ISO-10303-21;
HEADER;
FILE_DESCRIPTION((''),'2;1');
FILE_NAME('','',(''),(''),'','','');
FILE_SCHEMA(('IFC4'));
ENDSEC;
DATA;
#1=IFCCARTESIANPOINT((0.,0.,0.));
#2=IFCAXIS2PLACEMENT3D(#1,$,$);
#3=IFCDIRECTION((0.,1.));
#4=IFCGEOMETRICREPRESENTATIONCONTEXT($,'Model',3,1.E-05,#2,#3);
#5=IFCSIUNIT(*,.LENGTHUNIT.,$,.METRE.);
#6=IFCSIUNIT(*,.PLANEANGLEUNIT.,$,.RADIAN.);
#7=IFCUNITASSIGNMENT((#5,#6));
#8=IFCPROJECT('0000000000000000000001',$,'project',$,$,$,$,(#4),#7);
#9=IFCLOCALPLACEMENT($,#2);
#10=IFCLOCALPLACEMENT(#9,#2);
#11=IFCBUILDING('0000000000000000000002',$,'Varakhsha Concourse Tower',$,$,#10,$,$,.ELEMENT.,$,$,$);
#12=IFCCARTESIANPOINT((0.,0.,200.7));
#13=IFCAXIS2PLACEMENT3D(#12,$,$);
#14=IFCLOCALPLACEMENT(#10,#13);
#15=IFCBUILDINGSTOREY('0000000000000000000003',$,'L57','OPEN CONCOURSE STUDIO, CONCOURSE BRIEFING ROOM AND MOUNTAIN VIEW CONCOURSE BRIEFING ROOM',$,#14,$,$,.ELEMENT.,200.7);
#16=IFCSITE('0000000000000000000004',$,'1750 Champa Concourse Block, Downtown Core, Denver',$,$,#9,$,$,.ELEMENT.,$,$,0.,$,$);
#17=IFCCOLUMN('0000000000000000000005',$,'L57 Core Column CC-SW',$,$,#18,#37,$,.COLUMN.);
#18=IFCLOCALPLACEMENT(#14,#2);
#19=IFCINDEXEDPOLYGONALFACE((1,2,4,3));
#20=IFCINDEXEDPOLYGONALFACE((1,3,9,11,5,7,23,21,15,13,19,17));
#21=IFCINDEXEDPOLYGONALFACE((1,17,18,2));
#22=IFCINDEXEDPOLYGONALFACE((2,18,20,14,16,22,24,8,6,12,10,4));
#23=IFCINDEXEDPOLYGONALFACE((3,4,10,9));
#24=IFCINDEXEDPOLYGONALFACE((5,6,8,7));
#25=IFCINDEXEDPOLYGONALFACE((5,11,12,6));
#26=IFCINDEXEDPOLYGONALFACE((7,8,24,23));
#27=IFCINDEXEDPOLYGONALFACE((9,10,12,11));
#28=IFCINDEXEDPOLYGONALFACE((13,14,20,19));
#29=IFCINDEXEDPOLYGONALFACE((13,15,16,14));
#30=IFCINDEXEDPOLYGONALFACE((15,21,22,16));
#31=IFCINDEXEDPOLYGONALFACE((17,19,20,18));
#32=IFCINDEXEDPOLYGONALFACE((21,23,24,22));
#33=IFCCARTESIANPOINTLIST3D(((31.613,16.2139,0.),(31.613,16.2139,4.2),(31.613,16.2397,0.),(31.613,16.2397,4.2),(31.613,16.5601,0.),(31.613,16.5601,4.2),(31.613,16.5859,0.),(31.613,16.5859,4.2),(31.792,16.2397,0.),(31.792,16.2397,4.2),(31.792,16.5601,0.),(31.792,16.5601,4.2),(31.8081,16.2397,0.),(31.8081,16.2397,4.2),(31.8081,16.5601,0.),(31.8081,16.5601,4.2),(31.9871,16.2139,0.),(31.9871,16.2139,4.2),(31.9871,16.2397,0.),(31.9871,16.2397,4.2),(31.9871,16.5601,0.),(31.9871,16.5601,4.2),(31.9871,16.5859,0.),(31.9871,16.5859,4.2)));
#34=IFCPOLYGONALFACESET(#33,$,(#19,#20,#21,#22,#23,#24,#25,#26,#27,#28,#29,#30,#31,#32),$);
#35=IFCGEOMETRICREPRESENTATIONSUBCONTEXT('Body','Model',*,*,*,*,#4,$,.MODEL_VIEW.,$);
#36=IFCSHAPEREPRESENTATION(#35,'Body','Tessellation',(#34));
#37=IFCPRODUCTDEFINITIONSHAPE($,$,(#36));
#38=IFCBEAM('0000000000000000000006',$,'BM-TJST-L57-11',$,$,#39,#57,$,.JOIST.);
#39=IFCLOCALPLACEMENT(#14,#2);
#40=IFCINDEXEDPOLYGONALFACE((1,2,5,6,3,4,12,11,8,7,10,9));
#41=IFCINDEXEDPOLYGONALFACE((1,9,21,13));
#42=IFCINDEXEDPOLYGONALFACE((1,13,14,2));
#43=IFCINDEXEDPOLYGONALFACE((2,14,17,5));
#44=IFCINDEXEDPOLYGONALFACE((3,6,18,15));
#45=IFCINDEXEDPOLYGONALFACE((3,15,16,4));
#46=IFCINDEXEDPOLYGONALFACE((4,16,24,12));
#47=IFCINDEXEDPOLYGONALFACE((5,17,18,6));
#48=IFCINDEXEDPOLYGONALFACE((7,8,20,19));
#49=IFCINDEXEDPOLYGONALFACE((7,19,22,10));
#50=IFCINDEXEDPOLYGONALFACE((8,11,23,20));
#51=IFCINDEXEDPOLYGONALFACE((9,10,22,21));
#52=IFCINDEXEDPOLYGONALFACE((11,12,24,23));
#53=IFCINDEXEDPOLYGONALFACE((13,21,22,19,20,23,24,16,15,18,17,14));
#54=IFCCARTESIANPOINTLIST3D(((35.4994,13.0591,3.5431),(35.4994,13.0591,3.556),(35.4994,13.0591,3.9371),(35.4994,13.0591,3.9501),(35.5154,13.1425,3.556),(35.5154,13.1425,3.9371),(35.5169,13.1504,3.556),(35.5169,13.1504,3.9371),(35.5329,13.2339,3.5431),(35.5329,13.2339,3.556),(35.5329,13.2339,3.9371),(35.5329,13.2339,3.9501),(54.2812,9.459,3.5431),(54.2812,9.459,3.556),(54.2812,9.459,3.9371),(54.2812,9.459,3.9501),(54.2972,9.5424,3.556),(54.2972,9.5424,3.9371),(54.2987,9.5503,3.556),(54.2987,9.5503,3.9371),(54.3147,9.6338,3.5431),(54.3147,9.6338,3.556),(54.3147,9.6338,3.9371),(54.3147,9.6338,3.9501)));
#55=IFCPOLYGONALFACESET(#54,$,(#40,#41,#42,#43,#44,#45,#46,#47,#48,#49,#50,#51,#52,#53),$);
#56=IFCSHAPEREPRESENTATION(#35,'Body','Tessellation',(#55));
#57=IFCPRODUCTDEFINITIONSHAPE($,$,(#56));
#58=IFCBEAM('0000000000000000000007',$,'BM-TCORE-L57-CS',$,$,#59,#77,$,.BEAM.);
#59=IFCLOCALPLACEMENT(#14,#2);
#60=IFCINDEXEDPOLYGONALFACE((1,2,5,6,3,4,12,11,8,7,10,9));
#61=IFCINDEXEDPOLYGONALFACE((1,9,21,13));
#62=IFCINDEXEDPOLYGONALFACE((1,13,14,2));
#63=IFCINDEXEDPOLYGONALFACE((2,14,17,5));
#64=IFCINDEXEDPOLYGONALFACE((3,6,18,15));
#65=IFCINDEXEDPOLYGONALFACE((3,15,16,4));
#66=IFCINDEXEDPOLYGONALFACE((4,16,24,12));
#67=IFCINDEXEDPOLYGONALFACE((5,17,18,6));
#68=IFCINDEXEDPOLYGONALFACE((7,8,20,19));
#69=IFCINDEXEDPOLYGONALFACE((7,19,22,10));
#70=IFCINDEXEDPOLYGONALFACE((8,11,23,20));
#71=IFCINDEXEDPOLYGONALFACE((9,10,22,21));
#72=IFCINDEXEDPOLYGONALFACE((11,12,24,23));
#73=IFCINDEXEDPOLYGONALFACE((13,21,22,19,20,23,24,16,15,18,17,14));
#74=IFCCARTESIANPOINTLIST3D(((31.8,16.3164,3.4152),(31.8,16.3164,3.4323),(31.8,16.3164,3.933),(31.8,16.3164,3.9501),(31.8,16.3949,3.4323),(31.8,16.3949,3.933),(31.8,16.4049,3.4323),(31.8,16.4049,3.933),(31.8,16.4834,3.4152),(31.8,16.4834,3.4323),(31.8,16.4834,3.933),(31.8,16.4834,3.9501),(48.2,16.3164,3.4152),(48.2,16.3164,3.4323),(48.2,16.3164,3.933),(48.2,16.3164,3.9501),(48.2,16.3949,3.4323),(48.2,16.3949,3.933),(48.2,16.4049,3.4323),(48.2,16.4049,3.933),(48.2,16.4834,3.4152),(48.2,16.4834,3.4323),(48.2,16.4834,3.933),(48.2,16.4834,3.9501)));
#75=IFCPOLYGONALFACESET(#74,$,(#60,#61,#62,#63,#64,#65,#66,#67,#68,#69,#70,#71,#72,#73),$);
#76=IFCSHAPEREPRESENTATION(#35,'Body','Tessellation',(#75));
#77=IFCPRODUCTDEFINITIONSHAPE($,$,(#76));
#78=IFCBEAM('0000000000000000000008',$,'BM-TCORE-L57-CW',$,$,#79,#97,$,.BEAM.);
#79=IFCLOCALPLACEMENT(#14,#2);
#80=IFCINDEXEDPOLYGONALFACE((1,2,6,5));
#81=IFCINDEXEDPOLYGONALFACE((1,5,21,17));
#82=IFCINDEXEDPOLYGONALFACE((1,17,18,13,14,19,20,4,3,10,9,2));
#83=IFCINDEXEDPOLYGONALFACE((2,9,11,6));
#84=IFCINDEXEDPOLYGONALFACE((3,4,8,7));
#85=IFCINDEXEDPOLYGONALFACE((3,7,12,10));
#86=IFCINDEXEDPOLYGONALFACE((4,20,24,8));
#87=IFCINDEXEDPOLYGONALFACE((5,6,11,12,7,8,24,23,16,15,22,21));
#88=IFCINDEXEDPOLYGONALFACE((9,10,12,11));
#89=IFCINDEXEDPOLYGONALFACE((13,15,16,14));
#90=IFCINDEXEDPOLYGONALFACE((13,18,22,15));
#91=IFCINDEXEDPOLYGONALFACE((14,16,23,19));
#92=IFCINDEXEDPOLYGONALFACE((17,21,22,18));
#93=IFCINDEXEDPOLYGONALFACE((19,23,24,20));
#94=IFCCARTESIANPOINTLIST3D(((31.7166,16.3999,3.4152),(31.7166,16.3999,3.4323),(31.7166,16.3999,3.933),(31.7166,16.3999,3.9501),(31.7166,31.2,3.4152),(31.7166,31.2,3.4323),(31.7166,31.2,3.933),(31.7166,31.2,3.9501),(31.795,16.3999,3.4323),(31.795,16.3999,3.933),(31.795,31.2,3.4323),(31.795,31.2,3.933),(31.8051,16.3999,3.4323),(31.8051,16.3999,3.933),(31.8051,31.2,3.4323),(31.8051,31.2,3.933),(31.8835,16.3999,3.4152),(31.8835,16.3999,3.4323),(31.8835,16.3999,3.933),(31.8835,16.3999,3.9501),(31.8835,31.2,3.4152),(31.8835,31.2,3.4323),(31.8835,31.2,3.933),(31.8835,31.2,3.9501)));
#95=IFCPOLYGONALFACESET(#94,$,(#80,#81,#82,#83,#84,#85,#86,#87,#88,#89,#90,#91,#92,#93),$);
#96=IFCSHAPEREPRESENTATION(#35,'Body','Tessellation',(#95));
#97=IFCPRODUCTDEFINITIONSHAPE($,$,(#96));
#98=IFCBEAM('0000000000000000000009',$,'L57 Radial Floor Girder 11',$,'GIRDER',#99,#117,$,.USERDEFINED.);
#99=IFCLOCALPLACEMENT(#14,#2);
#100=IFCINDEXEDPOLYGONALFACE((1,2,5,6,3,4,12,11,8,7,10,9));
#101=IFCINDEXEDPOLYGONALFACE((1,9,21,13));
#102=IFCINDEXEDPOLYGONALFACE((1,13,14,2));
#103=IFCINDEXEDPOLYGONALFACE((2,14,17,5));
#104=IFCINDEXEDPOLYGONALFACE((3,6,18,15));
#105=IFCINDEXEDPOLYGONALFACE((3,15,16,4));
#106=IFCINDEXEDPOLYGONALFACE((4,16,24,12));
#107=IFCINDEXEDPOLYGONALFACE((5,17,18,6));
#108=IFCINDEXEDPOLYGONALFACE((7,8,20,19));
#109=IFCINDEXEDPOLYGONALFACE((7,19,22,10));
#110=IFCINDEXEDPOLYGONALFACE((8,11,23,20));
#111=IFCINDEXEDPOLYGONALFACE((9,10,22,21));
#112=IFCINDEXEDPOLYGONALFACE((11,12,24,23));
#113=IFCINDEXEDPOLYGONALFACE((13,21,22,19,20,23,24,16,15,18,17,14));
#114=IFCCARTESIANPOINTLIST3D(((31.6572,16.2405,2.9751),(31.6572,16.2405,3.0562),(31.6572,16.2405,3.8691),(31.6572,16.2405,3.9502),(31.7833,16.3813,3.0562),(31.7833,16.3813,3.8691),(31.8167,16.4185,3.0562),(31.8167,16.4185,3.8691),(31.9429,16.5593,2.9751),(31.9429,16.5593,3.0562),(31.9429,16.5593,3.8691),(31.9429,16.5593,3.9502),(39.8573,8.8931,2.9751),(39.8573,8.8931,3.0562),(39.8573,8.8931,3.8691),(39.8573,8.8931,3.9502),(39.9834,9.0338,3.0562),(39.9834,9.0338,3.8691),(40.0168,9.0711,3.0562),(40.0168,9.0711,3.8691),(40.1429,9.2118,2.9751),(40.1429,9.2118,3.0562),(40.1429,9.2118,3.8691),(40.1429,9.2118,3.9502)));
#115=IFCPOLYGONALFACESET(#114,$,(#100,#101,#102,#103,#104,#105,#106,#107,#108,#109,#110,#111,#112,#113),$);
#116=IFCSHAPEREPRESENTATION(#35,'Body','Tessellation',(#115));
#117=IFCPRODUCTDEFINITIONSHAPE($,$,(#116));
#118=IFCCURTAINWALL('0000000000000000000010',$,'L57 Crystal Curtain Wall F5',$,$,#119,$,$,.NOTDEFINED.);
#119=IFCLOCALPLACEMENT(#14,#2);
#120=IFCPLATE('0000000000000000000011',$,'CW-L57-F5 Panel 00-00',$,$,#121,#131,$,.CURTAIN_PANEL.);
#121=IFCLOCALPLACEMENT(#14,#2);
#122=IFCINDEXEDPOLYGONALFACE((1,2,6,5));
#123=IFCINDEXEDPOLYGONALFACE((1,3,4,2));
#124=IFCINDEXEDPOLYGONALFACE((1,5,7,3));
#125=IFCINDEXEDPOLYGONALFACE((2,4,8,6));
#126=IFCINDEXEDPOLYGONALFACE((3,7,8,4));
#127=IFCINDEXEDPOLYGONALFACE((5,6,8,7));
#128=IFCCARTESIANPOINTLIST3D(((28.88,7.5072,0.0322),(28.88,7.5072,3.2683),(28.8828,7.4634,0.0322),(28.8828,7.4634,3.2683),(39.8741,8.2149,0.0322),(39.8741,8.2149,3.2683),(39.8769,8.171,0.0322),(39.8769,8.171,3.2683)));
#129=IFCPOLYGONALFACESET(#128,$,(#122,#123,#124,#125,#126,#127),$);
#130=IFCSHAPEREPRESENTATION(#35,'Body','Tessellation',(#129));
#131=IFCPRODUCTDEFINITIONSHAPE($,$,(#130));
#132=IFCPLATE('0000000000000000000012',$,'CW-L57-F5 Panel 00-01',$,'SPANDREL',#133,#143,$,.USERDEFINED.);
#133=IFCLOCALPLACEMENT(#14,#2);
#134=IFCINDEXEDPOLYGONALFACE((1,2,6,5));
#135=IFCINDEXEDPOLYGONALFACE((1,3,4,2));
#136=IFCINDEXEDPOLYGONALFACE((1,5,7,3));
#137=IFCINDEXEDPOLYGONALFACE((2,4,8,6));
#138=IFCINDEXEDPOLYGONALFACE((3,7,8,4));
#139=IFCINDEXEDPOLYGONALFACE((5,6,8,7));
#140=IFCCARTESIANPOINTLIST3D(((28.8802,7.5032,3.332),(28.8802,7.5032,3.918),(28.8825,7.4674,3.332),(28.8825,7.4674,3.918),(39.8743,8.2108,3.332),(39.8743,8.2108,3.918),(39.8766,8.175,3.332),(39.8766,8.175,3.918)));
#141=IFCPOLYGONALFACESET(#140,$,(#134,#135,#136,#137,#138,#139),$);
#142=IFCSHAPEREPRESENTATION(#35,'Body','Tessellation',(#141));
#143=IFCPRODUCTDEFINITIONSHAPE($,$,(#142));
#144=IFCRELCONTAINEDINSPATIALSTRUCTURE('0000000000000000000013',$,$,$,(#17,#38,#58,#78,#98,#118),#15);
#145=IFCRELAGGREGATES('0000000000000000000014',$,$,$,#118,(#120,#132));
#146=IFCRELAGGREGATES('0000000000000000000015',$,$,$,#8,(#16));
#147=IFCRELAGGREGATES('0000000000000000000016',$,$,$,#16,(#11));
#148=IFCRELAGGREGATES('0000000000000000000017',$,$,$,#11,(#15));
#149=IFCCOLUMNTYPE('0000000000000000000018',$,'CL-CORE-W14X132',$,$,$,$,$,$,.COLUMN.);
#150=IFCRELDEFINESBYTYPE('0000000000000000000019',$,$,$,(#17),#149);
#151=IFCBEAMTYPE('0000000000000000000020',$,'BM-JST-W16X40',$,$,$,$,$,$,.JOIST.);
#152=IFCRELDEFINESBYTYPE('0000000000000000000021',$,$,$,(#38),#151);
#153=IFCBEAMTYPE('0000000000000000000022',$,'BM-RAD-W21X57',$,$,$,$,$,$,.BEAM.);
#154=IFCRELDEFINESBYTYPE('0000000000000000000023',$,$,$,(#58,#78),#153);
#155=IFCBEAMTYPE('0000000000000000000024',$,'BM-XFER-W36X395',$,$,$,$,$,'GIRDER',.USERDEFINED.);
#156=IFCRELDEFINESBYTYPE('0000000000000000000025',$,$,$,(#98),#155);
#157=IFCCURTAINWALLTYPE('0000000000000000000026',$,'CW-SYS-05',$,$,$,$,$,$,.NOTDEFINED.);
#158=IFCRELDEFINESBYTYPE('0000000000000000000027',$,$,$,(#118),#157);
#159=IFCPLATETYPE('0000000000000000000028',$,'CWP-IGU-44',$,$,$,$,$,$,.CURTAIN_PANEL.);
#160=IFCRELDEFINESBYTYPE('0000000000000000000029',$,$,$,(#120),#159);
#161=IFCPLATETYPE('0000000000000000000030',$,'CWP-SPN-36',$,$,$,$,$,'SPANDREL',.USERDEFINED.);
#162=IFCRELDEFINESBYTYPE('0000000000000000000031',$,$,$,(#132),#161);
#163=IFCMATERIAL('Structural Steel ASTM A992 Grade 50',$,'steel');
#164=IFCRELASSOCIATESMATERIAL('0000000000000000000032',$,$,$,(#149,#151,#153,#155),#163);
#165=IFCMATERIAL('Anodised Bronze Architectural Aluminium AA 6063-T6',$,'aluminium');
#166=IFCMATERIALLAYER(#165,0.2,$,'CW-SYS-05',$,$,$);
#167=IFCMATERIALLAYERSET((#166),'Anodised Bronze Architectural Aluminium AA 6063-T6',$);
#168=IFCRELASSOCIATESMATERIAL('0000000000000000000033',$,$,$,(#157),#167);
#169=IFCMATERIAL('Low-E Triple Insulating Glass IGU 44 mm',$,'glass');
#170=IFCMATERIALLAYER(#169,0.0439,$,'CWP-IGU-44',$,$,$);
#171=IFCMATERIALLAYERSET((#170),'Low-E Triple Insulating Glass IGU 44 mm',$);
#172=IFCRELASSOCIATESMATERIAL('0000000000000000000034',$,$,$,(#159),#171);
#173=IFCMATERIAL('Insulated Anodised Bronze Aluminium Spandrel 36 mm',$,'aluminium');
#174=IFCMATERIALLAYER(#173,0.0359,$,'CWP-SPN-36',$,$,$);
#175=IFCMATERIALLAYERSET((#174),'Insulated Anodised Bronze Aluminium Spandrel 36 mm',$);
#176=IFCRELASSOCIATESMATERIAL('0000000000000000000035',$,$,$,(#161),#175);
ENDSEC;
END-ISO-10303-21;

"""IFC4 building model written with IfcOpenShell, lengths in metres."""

from ifc_helpers import new_model, si_unit, direction, frame, origin, origin_2d, place, context, subcontext, project, spatial, rectangle, i_section, extrude, source, transform, mapped, material, layer, layer_set, material_profile, profile_set, type_object, type_shapes, element, aggregate, save


model = new_model("IFC4")

# Units and contexts
model_context = context("Model", 3, precision=1e-05, world=origin(), true_north=direction((0.0, 1.0)))
body_context = subcontext(model_context, "Body", "Model", "MODEL_VIEW")
ifc_project = project(units=[si_unit("LENGTHUNIT", "METRE"), si_unit("PLANEANGLEUNIT", "RADIAN")], contexts=[model_context])

# Site, building, storey
site_placement = place(None, origin())
site = spatial("IfcSite", under=ifc_project, at=site_placement, Name="1750 Champa Concourse Block, Downtown Core, Denver", CompositionType="ELEMENT", RefElevation=0.0)
building_placement = place(site_placement, origin())
building = spatial("IfcBuilding", under=site, at=building_placement, Name="Varakhsha Concourse Tower", CompositionType="ELEMENT")
storey_placement = place(building_placement, frame((0.0, 0.0, 200.7)))
storey = spatial("IfcBuildingStorey", under=building, at=storey_placement, Name="L57", Description="OPEN CONCOURSE STUDIO, CONCOURSE BRIEFING ROOM AND MOUNTAIN VIEW CONCOURSE BRIEFING ROOM", CompositionType="ELEMENT", Elevation=200.7)

# Column
ifc_material_1 = material(Name="Structural Steel ASTM A992 Grade 50", Category="steel")
ifc_material_profile_1 = material_profile(ifc_material_1, i_section(OverallWidth=0.374, OverallDepth=0.3721, WebThickness=0.0161, FlangeThickness=0.0259, at=origin_2d()), Name="W14X132")
ifc_profile_set_1 = profile_set([ifc_material_profile_1], Name="Structural Steel ASTM A992 Grade 50")
column_type = type_object("IfcColumnType", Name="CL-CORE-W14X132", PredefinedType="COLUMN", material=ifc_profile_set_1)
column_placement = place(storey_placement, frame((31.8, 16.3999, 0.0), z_axis=(0.0, 0.0, 1.0), x_axis=(1.0, 0.0, 0.0)))
element("IfcColumn", 1, at=column_placement, inside=storey, type_object=column_type, Name="L57 Core Column CC-SW", PredefinedType="COLUMN", context=body_context, shape_type="SweptSolid", body=[
    extrude(i_section(OverallWidth=0.374, OverallDepth=0.3721, WebThickness=0.0161, FlangeThickness=0.0259, at=origin_2d()), origin(), (0.0, 0.0, 1.0), 4.2),
])

# Beams
ifc_material_profile_2 = material_profile(ifc_material_1, i_section(OverallWidth=0.178, OverallDepth=0.407, WebThickness=0.0081, FlangeThickness=0.0129, at=origin_2d()), Name="W16X40")
ifc_profile_set_2 = profile_set([ifc_material_profile_2], Name="Structural Steel ASTM A992 Grade 50")
beam_type_1 = type_object("IfcBeamType", Name="BM-JST-W16X40", PredefinedType="JOIST", material=ifc_profile_set_2)
beam_1_placement = place(storey_placement, frame((35.5161, 13.1465, 3.7466), z_axis=(0.98212, -0.188254, 0.0), x_axis=(0.188254, 0.98212, 0.0)))
element("IfcBeam", 2, at=beam_1_placement, inside=storey, type_object=beam_type_1, Name="BM-TJST-L57-11", PredefinedType="JOIST", context=body_context, shape_type="SweptSolid", body=[
    extrude(i_section(OverallWidth=0.178, OverallDepth=0.407, WebThickness=0.0081, FlangeThickness=0.0129, at=origin_2d()), origin(), (0.0, 0.0, 1.0), 19.1238),
])
ifc_material_profile_3 = material_profile(ifc_material_1, i_section(OverallWidth=0.167, OverallDepth=0.5349, WebThickness=0.01, FlangeThickness=0.0171, at=origin_2d()), Name="W21X57")
ifc_profile_set_3 = profile_set([ifc_material_profile_3], Name="Structural Steel ASTM A992 Grade 50")
beam_type_2 = type_object("IfcBeamType", Name="BM-RAD-W21X57", PredefinedType="BEAM", material=ifc_profile_set_3)
beam_2_placement = place(storey_placement, frame((31.8, 16.3999, 3.6826), z_axis=(1.0, 0.0, 0.0), x_axis=(0.0, 1.0, 0.0)))
element("IfcBeam", 3, at=beam_2_placement, inside=storey, type_object=beam_type_2, Name="BM-TCORE-L57-CS", PredefinedType="BEAM", context=body_context, shape_type="SweptSolid", body=[
    extrude(i_section(OverallWidth=0.167, OverallDepth=0.5349, WebThickness=0.01, FlangeThickness=0.0171, at=origin_2d()), origin(), (0.0, 0.0, 1.0), 16.3999),
])
beam_3_placement = place(storey_placement, frame((31.8, 16.3999, 3.6826), z_axis=(0.0, 1.0, 0.0), x_axis=(-1.0, 0.0, 0.0)))
element("IfcBeam", 4, at=beam_3_placement, inside=storey, type_object=beam_type_2, Name="BM-TCORE-L57-CW", PredefinedType="BEAM", context=body_context, shape_type="SweptSolid", body=[
    extrude(i_section(OverallWidth=0.167, OverallDepth=0.5349, WebThickness=0.01, FlangeThickness=0.0171, at=origin_2d()), origin(), (0.0, 0.0, 1.0), 14.8),
])
ifc_material_profile_4 = material_profile(ifc_material_1, i_section(OverallWidth=0.428, OverallDepth=0.9751, WebThickness=0.05, FlangeThickness=0.0811, at=origin_2d()), Name="W36X395")
ifc_profile_set_4 = profile_set([ifc_material_profile_4], Name="Structural Steel ASTM A992 Grade 50")
beam_type_3 = type_object("IfcBeamType", Name="BM-XFER-W36X395", ElementType="GIRDER", PredefinedType="USERDEFINED", material=ifc_profile_set_4)
beam_4_placement = place(storey_placement, frame((31.8, 16.3999, 3.4626), z_axis=(0.744762, -0.66733, 0.0), x_axis=(0.66733, 0.744762, 0.0)))
element("IfcBeam", 5, at=beam_4_placement, inside=storey, type_object=beam_type_3, Name="L57 Radial Floor Girder 11", ObjectType="GIRDER", PredefinedType="USERDEFINED", context=body_context, shape_type="SweptSolid", body=[
    extrude(i_section(OverallWidth=0.428, OverallDepth=0.9751, WebThickness=0.05, FlangeThickness=0.0811, at=origin_2d()), origin(), (0.0, 0.0, 1.0), 11.0103),
])

# Curtain wall, plates
ifc_material_2 = material(Name="Anodised Bronze Architectural Aluminium AA 6063-T6", Category="aluminium")
ifc_layer_1 = layer(ifc_material_2, 0.2, Name="CW-SYS-05")
ifc_layer_set_1 = layer_set([ifc_layer_1], Name="Anodised Bronze Architectural Aluminium AA 6063-T6")
curtain_wall_type = type_object("IfcCurtainWallType", Name="CW-SYS-05", PredefinedType="NOTDEFINED", material=ifc_layer_set_1)
curtain_wall_placement = place(storey_placement, origin())
curtain_wall = element("IfcCurtainWall", 6, at=curtain_wall_placement, inside=storey, type_object=curtain_wall_type, Name="L57 Crystal Curtain Wall F5", PredefinedType="NOTDEFINED")
ifc_material_3 = material(Name="Low-E Triple Insulating Glass IGU 44 mm", Category="glass")
ifc_layer_2 = layer(ifc_material_3, 0.0439, Name="CWP-IGU-44")
ifc_layer_set_2 = layer_set([ifc_layer_2], Name="Low-E Triple Insulating Glass IGU 44 mm")
plate_type_1 = type_object("IfcPlateType", Name="CWP-IGU-44", PredefinedType="CURTAIN_PANEL", material=ifc_layer_set_2)
shared_shape_1 = source(origin(), body_context, "Body", "SweptSolid", [
    extrude(rectangle(XDim=11.0168, YDim=0.0439, at=origin_2d()), origin(), (0.0, 0.0, 1.0), 3.2361),
])
type_shapes(plate_type_1, [shared_shape_1])
plate_1_placement = place(storey_placement, frame((34.3784, 7.8391, 0.0322), z_axis=(0.0, 0.0, 1.0), x_axis=(-0.997935, -0.064231, 0.0)))
plate_1 = element("IfcPlate", 7, at=plate_1_placement, type_object=plate_type_1, Name="CW-L57-F5 Panel 00-00", PredefinedType="CURTAIN_PANEL", context=body_context, shape_type="MappedRepresentation", body=[
    mapped(shared_shape_1, transform((0.0, 0.0, 0.0), scale=1.0)),
])
ifc_material_4 = material(Name="Insulated Anodised Bronze Aluminium Spandrel 36 mm", Category="aluminium")
ifc_layer_3 = layer(ifc_material_4, 0.0359, Name="CWP-SPN-36")
ifc_layer_set_3 = layer_set([ifc_layer_3], Name="Insulated Anodised Bronze Aluminium Spandrel 36 mm")
plate_type_2 = type_object("IfcPlateType", Name="CWP-SPN-36", ElementType="SPANDREL", PredefinedType="USERDEFINED", material=ifc_layer_set_3)
shared_shape_2 = source(origin(), body_context, "Body", "SweptSolid", [
    extrude(rectangle(XDim=11.0168, YDim=0.0359, at=origin_2d()), origin(), (0.0, 0.0, 1.0), 0.5859),
])
type_shapes(plate_type_2, [shared_shape_2])
plate_2_placement = place(storey_placement, frame((34.3784, 7.8391, 3.332), z_axis=(0.0, 0.0, 1.0), x_axis=(-0.997935, -0.064231, 0.0)))
plate_2 = element("IfcPlate", 8, at=plate_2_placement, type_object=plate_type_2, Name="CW-L57-F5 Panel 00-01", ObjectType="SPANDREL", PredefinedType="USERDEFINED", context=body_context, shape_type="MappedRepresentation", body=[
    mapped(shared_shape_2, transform((0.0, 0.0, 0.0), scale=1.0)),
])
aggregate(curtain_wall, [plate_1, plate_2])

save(model, "model.ifc")
